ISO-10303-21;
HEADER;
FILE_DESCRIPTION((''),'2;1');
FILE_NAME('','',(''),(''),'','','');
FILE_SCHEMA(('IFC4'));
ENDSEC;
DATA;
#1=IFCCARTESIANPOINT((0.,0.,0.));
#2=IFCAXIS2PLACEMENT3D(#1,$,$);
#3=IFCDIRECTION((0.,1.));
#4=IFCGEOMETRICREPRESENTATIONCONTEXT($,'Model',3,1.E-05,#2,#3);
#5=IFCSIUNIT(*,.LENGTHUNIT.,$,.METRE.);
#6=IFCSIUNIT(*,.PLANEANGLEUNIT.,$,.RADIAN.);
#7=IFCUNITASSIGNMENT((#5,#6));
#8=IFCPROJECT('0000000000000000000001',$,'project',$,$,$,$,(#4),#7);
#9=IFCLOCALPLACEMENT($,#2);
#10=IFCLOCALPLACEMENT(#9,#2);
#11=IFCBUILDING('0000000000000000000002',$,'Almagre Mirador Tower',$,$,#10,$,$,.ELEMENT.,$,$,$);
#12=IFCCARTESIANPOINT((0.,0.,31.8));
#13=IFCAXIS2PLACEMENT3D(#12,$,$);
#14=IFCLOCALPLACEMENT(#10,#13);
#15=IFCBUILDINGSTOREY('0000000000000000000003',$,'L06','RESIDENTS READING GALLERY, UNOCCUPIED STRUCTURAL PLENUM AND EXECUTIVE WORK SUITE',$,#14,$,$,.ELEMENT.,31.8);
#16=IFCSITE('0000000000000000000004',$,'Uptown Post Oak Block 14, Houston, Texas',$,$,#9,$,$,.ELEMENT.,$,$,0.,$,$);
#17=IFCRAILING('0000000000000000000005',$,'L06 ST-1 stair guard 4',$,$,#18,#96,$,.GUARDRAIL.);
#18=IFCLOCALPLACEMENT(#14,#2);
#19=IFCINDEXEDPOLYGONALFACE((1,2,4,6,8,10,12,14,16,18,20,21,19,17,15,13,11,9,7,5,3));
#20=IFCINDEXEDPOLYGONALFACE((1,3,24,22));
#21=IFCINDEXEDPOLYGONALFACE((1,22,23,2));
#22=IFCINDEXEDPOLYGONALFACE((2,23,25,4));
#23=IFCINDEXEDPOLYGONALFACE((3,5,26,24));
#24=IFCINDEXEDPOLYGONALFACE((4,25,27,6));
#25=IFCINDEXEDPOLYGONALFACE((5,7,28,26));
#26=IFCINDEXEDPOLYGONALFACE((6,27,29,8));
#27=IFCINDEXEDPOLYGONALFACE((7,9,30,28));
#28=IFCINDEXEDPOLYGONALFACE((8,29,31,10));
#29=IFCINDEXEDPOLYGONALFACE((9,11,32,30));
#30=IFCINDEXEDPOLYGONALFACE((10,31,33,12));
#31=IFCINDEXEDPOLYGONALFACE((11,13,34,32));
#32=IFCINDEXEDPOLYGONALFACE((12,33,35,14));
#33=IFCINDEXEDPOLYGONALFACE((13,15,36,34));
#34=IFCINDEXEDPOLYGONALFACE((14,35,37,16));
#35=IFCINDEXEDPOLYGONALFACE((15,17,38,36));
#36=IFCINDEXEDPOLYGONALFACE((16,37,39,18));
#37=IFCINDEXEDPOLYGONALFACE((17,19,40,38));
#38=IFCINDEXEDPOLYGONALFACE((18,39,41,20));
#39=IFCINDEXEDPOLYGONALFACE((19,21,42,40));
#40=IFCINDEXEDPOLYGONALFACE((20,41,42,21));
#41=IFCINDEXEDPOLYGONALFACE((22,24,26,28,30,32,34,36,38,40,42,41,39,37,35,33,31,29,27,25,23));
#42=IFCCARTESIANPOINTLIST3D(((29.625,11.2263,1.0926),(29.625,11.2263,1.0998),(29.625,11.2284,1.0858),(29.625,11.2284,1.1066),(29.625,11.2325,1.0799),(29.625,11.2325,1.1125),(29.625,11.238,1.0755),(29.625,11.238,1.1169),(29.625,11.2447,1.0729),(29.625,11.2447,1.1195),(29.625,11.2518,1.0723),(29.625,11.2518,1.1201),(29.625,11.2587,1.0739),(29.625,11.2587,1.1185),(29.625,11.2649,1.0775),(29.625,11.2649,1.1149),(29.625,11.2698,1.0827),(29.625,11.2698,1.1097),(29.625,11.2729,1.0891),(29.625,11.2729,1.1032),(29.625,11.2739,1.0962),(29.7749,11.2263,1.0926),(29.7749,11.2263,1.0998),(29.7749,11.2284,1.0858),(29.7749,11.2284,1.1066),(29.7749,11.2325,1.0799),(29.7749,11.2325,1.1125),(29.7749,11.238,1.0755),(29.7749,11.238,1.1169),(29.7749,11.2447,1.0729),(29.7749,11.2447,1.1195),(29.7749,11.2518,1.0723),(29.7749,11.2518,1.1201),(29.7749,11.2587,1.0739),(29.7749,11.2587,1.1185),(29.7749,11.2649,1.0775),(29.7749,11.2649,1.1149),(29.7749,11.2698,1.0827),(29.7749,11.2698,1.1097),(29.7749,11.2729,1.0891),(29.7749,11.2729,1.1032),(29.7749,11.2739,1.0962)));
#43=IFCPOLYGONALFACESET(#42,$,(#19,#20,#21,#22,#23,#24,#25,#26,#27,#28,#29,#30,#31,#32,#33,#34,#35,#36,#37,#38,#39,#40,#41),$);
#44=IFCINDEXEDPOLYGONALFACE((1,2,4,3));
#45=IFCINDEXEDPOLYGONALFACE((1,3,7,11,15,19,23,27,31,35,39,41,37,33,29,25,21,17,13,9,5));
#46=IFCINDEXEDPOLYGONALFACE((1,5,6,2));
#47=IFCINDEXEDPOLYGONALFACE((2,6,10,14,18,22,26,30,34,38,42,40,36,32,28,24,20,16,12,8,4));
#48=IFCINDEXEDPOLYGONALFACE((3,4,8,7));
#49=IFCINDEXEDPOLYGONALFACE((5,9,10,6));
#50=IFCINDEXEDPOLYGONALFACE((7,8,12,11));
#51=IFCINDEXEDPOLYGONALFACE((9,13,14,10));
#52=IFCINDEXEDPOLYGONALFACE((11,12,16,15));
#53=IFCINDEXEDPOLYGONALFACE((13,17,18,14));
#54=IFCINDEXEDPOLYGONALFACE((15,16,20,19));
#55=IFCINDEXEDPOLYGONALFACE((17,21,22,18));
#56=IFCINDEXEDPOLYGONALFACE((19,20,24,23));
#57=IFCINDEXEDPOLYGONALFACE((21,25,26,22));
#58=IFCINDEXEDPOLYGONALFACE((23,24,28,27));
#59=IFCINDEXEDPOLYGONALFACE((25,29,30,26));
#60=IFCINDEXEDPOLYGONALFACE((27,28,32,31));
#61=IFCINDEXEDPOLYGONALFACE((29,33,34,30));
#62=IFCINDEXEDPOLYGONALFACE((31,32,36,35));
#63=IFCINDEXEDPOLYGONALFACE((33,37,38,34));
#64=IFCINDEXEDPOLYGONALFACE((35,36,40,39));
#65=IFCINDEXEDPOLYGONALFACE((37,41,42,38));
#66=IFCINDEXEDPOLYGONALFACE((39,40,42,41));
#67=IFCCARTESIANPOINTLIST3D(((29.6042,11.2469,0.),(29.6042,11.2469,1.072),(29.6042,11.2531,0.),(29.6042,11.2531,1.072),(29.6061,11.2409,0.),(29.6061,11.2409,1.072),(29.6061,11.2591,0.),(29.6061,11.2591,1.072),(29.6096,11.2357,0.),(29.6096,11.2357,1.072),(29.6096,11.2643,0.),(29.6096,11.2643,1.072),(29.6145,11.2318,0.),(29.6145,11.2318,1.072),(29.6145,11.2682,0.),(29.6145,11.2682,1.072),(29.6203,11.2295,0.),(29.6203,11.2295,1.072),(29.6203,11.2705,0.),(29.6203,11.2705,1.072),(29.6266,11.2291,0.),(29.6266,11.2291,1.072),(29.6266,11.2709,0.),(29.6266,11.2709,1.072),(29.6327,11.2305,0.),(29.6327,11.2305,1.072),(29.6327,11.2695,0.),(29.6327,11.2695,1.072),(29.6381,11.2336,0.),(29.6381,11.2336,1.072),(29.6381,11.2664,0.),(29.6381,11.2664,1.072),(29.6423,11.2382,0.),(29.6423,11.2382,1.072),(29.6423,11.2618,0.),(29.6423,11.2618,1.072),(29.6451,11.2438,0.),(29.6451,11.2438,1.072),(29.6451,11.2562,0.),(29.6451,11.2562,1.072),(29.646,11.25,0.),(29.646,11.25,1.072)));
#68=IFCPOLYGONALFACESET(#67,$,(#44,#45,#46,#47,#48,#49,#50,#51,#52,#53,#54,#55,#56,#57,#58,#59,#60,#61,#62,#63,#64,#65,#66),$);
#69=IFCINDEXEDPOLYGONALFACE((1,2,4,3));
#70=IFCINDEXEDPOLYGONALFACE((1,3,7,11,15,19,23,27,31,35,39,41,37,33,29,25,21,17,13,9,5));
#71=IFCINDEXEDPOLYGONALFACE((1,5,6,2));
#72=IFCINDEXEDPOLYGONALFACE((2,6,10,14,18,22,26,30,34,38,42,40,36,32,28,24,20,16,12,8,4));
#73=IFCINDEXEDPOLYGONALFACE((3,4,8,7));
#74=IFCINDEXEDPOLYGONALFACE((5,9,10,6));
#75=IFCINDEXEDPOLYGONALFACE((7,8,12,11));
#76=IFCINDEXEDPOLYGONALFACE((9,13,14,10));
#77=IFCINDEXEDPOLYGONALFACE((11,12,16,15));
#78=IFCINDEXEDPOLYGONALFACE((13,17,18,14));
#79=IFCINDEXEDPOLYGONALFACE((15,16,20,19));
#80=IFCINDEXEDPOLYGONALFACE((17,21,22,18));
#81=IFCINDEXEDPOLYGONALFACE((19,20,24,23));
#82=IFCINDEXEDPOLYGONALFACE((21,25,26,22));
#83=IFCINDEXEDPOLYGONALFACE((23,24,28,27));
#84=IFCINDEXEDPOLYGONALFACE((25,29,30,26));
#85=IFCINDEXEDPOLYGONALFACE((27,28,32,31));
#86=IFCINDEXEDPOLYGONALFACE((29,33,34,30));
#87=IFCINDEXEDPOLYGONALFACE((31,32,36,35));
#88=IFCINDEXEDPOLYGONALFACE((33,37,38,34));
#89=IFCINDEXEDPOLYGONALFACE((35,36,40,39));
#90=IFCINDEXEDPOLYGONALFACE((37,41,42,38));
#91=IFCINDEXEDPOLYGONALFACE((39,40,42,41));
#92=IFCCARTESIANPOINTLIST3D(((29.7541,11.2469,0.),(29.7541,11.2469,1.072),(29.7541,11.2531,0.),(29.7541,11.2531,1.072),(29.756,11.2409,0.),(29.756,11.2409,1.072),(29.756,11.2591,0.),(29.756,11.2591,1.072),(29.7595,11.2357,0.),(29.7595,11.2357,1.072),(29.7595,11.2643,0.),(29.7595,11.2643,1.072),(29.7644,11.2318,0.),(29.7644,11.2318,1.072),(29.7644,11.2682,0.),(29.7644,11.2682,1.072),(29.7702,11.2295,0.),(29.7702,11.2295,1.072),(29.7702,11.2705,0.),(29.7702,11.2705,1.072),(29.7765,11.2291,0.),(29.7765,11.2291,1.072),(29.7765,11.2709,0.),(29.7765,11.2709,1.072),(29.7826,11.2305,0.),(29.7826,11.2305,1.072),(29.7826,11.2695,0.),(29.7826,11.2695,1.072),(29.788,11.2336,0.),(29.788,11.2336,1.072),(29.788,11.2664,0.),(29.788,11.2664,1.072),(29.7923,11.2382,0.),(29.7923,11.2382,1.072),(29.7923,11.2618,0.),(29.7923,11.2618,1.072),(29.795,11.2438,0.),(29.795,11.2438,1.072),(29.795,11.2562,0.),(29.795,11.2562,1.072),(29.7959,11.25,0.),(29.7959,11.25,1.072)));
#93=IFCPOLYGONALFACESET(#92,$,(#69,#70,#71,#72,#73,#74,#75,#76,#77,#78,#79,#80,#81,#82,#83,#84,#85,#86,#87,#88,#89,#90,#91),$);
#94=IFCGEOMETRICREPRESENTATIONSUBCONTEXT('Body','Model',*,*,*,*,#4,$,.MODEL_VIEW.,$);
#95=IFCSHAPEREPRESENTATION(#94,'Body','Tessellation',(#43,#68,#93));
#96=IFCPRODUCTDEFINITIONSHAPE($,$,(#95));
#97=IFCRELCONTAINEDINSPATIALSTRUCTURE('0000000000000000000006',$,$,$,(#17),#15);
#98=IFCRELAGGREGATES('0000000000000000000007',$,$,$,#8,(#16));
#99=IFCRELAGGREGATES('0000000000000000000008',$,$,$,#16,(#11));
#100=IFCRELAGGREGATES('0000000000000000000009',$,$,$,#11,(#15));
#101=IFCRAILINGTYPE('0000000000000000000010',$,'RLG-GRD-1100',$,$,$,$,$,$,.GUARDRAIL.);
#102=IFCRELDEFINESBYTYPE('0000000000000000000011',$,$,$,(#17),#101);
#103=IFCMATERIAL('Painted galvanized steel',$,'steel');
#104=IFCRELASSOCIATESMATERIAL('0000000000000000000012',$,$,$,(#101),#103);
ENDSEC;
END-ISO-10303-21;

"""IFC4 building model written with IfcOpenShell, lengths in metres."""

from ifc_helpers import new_model, si_unit, direction, frame, origin, origin_2d, place, context, subcontext, project, spatial, circle, extrude, material, type_object, element, save


model = new_model("IFC4")

# Units and contexts
model_context = context("Model", 3, precision=1e-05, world=origin(), true_north=direction((0.0, 1.0)))
body_context = subcontext(model_context, "Body", "Model", "MODEL_VIEW")
ifc_project = project(units=[si_unit("LENGTHUNIT", "METRE"), si_unit("PLANEANGLEUNIT", "RADIAN")], contexts=[model_context])

# Site, building, storey
site_placement = place(None, origin())
site = spatial("IfcSite", under=ifc_project, at=site_placement, Name="Uptown Post Oak Block 14, Houston, Texas", CompositionType="ELEMENT", RefElevation=0.0)
building_placement = place(site_placement, origin())
building = spatial("IfcBuilding", under=site, at=building_placement, Name="Almagre Mirador Tower", CompositionType="ELEMENT")
storey_placement = place(building_placement, frame((0.0, 0.0, 31.8)))
storey = spatial("IfcBuildingStorey", under=building, at=storey_placement, Name="L06", Description="RESIDENTS READING GALLERY, UNOCCUPIED STRUCTURAL PLENUM AND EXECUTIVE WORK SUITE", CompositionType="ELEMENT", Elevation=31.8)

# Railing
ifc_material_1 = material(Name="Painted galvanized steel", Category="steel")
railing_type_1 = type_object("IfcRailingType", Name="RLG-GRD-1100", PredefinedType="GUARDRAIL", material=ifc_material_1)
railing_1_placement = place(storey_placement, frame((29.625, 11.25, 0.0)))
element("IfcRailing", 1, at=railing_1_placement, inside=storey, type_object=railing_type_1, Name="L06 ST-1 stair guard 4", PredefinedType="GUARDRAIL", context=body_context, shape_type="SweptSolid", body=[
    extrude(circle(Radius=0.0239, at=origin_2d()), frame((0.0, 0.0, 1.0962), z_axis=(1.0, 0.0, 0.0), x_axis=(0.0, 1.0, 0.0)), (0.0, 0.0, 1.0), 0.1499),
    extrude(circle(Radius=0.021, at=origin_2d()), origin(), (0.0, 0.0, 1.0), 1.072),
    extrude(circle(Radius=0.021, at=origin_2d()), frame((0.1499, 0.0, 0.0)), (0.0, 0.0, 1.0), 1.072),
])

save(model, "model.ifc")
